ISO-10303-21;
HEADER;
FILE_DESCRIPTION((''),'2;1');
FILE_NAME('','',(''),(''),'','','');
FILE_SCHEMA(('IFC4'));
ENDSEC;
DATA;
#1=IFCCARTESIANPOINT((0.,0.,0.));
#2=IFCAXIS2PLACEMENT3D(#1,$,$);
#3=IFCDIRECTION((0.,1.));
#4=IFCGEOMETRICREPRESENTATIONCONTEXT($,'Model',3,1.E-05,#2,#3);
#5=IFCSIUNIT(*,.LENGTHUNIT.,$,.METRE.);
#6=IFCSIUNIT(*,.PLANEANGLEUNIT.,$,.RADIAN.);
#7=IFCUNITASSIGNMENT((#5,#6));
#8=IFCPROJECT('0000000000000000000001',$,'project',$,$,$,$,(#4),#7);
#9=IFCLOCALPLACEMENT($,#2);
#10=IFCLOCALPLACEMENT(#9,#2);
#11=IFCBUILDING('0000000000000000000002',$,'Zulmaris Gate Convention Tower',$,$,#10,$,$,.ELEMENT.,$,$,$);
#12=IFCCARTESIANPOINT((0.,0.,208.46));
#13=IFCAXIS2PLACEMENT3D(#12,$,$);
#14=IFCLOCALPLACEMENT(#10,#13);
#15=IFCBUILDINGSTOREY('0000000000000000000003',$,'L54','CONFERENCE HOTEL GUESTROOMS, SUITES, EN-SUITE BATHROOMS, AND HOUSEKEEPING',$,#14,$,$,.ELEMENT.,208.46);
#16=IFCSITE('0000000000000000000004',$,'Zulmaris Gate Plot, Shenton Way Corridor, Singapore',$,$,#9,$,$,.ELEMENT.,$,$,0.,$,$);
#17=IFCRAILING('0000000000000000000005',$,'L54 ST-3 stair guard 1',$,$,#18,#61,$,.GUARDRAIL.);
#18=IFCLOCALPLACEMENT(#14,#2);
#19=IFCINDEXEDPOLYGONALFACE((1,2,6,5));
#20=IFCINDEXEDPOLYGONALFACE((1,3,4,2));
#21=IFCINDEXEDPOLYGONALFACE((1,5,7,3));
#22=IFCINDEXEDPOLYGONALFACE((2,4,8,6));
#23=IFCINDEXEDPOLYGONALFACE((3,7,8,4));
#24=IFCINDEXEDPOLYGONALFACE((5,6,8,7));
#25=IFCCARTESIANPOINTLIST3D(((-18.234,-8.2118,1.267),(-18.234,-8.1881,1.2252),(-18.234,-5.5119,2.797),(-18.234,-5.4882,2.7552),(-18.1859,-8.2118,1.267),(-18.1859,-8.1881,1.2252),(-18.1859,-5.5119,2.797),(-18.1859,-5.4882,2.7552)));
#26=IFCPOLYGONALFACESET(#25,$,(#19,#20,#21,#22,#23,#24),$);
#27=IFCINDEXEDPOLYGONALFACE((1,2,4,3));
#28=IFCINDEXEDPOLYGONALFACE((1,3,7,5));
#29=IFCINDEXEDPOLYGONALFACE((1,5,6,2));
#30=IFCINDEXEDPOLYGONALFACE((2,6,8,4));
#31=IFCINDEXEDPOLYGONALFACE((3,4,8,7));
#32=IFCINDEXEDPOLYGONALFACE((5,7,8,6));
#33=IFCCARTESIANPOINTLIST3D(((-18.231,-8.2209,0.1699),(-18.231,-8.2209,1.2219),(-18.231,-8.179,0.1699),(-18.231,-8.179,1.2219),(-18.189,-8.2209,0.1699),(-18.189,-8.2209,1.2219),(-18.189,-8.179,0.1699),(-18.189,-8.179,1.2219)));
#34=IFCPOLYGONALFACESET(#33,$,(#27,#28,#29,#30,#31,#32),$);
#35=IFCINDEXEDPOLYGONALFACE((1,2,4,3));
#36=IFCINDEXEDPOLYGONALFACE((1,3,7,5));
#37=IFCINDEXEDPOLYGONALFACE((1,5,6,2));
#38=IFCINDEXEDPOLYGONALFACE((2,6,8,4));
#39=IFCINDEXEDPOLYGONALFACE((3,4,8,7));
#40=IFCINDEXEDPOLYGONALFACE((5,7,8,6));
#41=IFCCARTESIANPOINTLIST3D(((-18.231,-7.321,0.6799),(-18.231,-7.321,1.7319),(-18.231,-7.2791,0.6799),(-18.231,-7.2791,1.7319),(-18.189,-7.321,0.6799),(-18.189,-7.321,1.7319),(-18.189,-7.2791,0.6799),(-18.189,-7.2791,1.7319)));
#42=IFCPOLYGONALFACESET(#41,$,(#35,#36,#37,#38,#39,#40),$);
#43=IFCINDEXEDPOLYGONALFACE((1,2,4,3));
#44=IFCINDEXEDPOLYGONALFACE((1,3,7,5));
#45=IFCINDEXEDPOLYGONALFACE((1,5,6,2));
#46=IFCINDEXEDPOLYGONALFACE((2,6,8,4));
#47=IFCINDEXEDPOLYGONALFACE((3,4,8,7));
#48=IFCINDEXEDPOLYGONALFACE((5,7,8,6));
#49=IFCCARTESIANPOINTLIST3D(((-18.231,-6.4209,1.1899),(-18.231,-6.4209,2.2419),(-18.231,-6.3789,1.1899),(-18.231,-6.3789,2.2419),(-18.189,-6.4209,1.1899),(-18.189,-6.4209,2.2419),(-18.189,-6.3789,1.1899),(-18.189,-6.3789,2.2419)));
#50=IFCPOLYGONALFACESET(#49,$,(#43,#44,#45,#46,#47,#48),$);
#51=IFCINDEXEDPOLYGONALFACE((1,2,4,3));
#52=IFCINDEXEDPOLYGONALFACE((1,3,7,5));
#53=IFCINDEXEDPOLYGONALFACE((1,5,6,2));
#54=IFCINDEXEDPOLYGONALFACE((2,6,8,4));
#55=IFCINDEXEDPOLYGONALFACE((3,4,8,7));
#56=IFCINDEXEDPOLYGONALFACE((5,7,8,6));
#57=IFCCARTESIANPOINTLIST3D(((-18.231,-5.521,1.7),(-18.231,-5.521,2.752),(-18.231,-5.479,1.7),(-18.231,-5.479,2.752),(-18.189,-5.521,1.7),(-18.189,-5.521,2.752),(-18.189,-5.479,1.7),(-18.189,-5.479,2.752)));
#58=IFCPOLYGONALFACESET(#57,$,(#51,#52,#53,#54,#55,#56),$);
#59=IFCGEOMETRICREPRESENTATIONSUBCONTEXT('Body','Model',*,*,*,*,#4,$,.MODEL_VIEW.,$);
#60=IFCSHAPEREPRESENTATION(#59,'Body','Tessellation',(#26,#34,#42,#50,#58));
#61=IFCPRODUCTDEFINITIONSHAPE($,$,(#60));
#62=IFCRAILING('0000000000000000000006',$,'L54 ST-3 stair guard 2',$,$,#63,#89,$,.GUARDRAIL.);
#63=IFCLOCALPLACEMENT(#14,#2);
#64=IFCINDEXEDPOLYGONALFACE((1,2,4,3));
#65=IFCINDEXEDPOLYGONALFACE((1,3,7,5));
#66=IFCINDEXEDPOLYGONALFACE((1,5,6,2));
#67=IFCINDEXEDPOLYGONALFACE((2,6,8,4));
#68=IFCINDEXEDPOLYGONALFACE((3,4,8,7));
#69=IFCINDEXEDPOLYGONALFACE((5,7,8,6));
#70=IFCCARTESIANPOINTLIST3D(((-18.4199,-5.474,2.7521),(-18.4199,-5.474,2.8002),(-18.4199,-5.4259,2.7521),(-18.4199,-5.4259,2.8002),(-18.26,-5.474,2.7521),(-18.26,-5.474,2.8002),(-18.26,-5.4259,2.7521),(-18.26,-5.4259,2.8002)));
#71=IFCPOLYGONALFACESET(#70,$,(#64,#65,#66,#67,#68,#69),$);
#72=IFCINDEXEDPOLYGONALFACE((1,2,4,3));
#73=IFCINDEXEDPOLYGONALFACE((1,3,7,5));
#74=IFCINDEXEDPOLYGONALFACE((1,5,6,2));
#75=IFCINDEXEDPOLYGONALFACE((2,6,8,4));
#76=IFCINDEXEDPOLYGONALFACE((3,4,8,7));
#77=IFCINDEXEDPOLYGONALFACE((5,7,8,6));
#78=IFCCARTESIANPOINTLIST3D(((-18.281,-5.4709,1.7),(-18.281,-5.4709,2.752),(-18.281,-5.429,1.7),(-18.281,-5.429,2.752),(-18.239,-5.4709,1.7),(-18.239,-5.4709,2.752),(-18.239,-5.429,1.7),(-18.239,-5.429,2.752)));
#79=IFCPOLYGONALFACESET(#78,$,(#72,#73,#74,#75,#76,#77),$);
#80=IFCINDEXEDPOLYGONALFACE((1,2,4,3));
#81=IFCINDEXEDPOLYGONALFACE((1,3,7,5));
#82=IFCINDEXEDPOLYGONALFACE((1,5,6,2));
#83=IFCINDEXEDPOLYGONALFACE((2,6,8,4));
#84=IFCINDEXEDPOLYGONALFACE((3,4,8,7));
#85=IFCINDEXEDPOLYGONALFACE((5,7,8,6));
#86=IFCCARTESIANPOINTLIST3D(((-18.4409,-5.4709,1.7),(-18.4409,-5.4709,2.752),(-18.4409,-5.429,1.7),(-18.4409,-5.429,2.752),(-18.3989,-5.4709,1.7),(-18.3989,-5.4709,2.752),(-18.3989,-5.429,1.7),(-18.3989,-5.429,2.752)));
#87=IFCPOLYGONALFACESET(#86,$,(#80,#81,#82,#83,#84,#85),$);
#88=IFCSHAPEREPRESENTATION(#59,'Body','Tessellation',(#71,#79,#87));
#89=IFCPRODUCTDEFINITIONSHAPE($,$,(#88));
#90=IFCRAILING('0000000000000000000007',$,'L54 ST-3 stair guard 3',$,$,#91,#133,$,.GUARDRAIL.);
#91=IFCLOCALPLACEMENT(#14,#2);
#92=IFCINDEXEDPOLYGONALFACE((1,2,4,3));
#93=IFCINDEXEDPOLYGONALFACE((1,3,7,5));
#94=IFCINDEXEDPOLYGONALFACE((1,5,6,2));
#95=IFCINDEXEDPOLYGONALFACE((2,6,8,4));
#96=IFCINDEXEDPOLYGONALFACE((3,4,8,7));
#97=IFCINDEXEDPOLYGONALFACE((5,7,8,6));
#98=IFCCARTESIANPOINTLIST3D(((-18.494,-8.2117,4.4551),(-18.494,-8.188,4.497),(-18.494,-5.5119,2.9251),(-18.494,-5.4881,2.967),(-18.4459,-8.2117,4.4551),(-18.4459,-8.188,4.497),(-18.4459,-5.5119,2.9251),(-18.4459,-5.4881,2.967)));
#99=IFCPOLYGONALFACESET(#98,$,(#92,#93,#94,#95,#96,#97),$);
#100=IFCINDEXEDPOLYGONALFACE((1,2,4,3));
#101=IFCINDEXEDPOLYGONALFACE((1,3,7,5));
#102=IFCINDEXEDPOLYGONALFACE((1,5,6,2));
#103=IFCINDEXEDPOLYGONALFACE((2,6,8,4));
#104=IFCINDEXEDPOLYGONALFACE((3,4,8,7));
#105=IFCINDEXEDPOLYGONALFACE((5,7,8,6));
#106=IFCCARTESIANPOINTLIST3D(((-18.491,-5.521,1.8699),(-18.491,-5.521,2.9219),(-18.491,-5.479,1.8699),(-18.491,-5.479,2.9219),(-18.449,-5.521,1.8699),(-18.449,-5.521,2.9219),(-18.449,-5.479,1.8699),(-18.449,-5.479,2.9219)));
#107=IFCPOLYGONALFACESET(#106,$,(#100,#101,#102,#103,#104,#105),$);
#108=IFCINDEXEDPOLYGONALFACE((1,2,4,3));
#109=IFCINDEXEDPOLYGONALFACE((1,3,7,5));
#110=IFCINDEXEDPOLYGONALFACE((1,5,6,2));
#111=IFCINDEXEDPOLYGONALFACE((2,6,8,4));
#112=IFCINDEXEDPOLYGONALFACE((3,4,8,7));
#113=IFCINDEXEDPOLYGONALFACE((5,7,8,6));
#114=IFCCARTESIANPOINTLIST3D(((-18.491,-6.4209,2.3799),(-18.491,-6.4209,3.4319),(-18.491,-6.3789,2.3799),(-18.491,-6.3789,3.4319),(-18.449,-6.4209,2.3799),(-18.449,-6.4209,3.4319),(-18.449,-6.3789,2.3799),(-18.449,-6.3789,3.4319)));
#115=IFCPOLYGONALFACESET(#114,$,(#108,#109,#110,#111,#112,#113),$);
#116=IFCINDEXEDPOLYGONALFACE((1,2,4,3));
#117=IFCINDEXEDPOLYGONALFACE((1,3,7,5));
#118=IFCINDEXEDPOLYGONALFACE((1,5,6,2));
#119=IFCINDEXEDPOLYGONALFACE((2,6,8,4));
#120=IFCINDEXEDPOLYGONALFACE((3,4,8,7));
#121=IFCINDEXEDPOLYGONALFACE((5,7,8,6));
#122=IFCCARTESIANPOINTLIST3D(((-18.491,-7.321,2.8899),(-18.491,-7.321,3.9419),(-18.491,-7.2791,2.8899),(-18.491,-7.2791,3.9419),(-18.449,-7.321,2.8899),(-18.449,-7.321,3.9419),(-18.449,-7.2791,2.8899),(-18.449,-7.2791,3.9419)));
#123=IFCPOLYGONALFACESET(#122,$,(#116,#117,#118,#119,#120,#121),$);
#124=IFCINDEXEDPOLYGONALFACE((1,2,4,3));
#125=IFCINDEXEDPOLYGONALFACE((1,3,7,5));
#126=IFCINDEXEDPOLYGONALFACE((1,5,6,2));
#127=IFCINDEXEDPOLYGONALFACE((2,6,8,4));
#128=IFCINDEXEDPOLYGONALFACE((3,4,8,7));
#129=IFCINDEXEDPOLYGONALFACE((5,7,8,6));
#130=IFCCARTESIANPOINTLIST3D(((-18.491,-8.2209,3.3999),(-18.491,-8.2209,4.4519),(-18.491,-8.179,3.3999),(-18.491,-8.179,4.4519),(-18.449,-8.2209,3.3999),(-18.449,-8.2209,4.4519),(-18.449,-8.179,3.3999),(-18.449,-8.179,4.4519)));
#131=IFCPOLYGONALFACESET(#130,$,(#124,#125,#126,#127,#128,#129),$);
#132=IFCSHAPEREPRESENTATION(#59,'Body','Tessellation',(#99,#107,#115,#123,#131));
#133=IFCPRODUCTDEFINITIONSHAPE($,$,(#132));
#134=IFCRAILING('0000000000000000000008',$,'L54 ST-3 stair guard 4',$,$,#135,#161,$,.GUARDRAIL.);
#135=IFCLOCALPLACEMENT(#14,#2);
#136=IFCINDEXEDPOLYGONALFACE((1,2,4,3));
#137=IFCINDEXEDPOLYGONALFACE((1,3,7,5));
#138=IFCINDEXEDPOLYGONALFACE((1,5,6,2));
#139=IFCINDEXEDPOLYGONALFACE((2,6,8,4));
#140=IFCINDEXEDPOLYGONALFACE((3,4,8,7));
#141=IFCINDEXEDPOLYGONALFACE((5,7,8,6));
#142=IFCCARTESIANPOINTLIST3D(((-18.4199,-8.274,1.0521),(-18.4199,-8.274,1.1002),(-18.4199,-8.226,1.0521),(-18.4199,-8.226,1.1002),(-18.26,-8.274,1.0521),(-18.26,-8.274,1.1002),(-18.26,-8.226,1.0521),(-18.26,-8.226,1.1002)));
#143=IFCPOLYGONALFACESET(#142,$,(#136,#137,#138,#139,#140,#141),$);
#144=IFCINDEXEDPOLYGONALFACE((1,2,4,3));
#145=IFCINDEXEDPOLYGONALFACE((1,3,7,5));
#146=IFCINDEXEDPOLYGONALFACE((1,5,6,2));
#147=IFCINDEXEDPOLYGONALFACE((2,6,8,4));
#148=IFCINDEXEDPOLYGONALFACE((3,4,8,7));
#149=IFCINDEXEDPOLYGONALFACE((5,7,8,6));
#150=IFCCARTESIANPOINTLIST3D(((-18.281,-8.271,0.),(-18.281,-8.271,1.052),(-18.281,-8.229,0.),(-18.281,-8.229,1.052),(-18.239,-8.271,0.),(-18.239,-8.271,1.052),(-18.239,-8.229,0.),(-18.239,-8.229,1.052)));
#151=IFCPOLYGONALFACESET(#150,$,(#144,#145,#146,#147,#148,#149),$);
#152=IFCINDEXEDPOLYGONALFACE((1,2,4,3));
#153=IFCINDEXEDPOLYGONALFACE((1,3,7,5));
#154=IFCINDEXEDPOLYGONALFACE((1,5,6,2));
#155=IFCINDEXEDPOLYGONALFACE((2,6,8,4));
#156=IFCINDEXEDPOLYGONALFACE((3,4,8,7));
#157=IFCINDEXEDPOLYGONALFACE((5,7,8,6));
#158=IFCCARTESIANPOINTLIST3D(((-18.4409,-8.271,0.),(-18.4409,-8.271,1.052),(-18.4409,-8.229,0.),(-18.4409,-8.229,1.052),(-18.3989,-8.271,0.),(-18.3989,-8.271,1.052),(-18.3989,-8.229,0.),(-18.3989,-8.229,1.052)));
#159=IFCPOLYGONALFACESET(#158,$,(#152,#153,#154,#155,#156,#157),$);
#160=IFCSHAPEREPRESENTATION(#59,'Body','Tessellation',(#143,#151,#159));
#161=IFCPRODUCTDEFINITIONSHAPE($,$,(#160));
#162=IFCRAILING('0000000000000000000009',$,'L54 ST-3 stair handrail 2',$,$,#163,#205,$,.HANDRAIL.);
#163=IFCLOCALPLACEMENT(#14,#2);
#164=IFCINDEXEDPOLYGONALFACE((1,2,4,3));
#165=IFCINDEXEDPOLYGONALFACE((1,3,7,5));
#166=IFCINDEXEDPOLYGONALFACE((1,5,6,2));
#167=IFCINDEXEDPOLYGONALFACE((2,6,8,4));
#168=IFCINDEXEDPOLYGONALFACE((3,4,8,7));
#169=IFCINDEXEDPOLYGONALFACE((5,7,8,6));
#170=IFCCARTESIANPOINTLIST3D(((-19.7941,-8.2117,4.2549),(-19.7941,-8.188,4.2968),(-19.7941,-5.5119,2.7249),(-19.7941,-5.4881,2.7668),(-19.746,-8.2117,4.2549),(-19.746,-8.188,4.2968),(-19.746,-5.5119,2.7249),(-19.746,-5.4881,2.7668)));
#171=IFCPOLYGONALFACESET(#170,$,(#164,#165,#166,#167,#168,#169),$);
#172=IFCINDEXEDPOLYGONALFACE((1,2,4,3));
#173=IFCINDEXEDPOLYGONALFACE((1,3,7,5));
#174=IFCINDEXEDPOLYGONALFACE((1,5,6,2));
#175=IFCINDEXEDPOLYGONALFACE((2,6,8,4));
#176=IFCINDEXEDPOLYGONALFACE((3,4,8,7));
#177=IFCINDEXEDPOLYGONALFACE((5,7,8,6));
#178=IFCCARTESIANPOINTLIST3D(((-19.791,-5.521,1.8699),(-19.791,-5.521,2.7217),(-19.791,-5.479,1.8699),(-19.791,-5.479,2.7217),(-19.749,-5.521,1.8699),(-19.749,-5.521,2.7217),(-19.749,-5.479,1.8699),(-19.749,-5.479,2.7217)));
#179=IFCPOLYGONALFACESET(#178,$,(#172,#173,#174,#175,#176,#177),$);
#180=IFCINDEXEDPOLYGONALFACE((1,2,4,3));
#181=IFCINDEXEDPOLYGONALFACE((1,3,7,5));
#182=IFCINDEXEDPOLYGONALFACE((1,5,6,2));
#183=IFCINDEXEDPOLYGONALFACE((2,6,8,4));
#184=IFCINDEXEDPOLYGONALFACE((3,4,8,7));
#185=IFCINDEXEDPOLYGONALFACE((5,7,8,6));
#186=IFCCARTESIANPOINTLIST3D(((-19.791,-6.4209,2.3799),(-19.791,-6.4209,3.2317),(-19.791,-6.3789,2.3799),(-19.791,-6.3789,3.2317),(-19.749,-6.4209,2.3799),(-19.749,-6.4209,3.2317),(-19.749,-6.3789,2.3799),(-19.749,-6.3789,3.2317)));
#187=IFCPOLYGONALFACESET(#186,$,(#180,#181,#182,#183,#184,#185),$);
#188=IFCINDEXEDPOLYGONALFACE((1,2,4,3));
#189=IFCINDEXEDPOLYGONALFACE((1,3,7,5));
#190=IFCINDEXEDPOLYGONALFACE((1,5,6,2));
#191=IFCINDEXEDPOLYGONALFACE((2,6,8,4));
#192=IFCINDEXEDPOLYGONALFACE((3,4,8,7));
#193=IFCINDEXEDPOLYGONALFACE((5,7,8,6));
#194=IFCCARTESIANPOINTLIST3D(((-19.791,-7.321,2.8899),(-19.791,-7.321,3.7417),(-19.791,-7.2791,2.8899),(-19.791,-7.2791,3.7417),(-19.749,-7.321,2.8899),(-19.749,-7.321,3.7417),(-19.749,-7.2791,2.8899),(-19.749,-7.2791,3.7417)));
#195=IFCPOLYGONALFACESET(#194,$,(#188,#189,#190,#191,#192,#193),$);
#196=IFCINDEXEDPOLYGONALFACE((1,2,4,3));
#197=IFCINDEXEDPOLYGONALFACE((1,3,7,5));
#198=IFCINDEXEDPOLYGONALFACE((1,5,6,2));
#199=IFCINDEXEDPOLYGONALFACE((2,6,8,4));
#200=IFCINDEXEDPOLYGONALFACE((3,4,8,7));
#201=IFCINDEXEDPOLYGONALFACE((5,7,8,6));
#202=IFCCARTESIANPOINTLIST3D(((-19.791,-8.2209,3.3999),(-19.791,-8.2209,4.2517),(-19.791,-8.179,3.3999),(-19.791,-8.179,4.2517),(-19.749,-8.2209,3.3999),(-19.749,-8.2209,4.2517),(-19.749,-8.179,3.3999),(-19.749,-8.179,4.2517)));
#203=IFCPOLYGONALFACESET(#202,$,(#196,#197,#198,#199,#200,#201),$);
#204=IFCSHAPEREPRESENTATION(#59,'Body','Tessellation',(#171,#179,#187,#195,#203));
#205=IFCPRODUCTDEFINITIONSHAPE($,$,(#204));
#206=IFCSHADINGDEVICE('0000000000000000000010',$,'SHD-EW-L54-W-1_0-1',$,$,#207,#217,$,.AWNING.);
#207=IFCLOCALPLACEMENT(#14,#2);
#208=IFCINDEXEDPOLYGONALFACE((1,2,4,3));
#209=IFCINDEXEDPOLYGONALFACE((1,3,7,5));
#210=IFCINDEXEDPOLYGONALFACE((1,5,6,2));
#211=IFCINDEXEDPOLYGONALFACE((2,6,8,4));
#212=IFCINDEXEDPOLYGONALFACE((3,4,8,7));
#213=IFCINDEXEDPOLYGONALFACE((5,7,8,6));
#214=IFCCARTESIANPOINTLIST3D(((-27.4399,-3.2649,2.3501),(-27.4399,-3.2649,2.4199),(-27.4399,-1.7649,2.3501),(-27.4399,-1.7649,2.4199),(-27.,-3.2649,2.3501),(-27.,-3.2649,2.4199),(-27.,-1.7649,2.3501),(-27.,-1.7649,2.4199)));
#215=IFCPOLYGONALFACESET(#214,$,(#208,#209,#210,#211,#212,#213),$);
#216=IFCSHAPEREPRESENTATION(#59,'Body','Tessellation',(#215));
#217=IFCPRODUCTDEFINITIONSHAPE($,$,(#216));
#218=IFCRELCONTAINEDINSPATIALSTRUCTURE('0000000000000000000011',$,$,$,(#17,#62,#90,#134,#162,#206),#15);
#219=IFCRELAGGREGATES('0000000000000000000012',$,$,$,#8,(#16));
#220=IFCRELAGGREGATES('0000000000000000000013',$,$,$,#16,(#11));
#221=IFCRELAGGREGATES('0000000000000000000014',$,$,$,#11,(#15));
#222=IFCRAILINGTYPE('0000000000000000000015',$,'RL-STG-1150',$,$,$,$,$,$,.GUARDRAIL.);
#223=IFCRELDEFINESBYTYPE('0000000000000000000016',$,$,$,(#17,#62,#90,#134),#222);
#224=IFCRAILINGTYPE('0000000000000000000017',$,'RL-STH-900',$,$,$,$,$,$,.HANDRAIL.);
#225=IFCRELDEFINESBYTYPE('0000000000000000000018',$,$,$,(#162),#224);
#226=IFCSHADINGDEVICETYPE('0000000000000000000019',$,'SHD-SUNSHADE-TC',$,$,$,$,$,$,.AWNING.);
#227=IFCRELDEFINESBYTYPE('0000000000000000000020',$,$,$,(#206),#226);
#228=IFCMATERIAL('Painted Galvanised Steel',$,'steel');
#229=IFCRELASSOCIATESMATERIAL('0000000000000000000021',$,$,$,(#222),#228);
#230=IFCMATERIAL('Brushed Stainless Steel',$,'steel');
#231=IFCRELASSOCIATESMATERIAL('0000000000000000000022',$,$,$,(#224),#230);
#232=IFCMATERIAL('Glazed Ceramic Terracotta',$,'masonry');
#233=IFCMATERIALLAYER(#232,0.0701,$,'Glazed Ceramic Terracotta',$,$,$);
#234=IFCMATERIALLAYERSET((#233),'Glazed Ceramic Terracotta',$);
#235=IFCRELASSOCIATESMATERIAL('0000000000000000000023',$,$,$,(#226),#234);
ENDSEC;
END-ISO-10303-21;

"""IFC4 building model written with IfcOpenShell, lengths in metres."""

from ifc_helpers import new_model, si_unit, direction, frame, frame_2d, origin, origin_2d, place, context, subcontext, project, spatial, rectangle, extrude, material, layer, layer_set, type_object, element, save


model = new_model("IFC4")

# Units and contexts
model_context = context("Model", 3, precision=1e-05, world=origin(), true_north=direction((0.0, 1.0)))
body_context = subcontext(model_context, "Body", "Model", "MODEL_VIEW")
ifc_project = project(units=[si_unit("LENGTHUNIT", "METRE"), si_unit("PLANEANGLEUNIT", "RADIAN")], contexts=[model_context])

# Site, building, storey
site_placement = place(None, origin())
site = spatial("IfcSite", under=ifc_project, at=site_placement, Name="Zulmaris Gate Plot, Shenton Way Corridor, Singapore", CompositionType="ELEMENT", RefElevation=0.0)
building_placement = place(site_placement, origin())
building = spatial("IfcBuilding", under=site, at=building_placement, Name="Zulmaris Gate Convention Tower", CompositionType="ELEMENT")
storey_placement = place(building_placement, frame((0.0, 0.0, 208.46)))
storey = spatial("IfcBuildingStorey", under=building, at=storey_placement, Name="L54", Description="CONFERENCE HOTEL GUESTROOMS, SUITES, EN-SUITE BATHROOMS, AND HOUSEKEEPING", CompositionType="ELEMENT", Elevation=208.46)

# Railings
ifc_material_1 = material(Name="Painted Galvanised Steel", Category="steel")
railing_type_1 = type_object("IfcRailingType", Name="RL-STG-1150", PredefinedType="GUARDRAIL", material=ifc_material_1)
railing_1_placement = place(storey_placement, frame((-18.21, -8.2, 0.1699)))
element("IfcRailing", 1, at=railing_1_placement, inside=storey, type_object=railing_type_1, Name="L54 ST-3 stair guard 1", PredefinedType="GUARDRAIL", context=body_context, shape_type="SweptSolid", body=[
    extrude(rectangle(XDim=0.0481, YDim=0.0481, at=origin_2d()), frame((0.0, 0.0, 1.0762), z_axis=(0.0, 0.870014, 0.493026), x_axis=(-1.0, 0.0, 0.0)), (0.0, 0.0, 1.0), 3.1033),
    extrude(rectangle(XDim=0.042, YDim=0.042, at=origin_2d()), origin(), (0.0, 0.0, 1.0), 1.052),
    extrude(rectangle(XDim=0.042, YDim=0.042, at=origin_2d()), frame((0.0, 0.8999, 0.51)), (0.0, 0.0, 1.0), 1.052),
    extrude(rectangle(XDim=0.042, YDim=0.042, at=origin_2d()), frame((0.0, 1.8, 1.02)), (0.0, 0.0, 1.0), 1.052),
    extrude(rectangle(XDim=0.042, YDim=0.042, at=origin_2d()), frame((0.0, 2.7, 1.53)), (0.0, 0.0, 1.0), 1.052),
])
railing_2_placement = place(storey_placement, frame((-18.26, -5.45, 1.7)))
element("IfcRailing", 2, at=railing_2_placement, inside=storey, type_object=railing_type_1, Name="L54 ST-3 stair guard 2", PredefinedType="GUARDRAIL", context=body_context, shape_type="SweptSolid", body=[
    extrude(rectangle(XDim=0.0481, YDim=0.0481, at=origin_2d()), frame((0.0, 0.0, 1.0762), z_axis=(-1.0, 0.0, 0.0), x_axis=(0.0, -1.0, 0.0)), (0.0, 0.0, 1.0), 0.1599),
    extrude(rectangle(XDim=0.042, YDim=0.042, at=origin_2d()), origin(), (0.0, 0.0, 1.0), 1.052),
    extrude(rectangle(XDim=0.042, YDim=0.042, at=origin_2d()), frame((-0.1599, 0.0, 0.0)), (0.0, 0.0, 1.0), 1.052),
])
railing_3_placement = place(storey_placement, frame((-18.47, -5.5, 1.8699)))
element("IfcRailing", 3, at=railing_3_placement, inside=storey, type_object=railing_type_1, Name="L54 ST-3 stair guard 3", PredefinedType="GUARDRAIL", context=body_context, shape_type="SweptSolid", body=[
    extrude(rectangle(XDim=0.0481, YDim=0.0481, at=origin_2d()), frame((0.0, 0.0, 1.0762), z_axis=(0.0, -0.870014, 0.493026), x_axis=(1.0, 0.0, 0.0)), (0.0, 0.0, 1.0), 3.1033),
    extrude(rectangle(XDim=0.042, YDim=0.042, at=origin_2d()), origin(), (0.0, 0.0, 1.0), 1.052),
    extrude(rectangle(XDim=0.042, YDim=0.042, at=origin_2d()), frame((0.0, -0.8999, 0.51)), (0.0, 0.0, 1.0), 1.052),
    extrude(rectangle(XDim=0.042, YDim=0.042, at=origin_2d()), frame((0.0, -1.8, 1.02)), (0.0, 0.0, 1.0), 1.052),
    extrude(rectangle(XDim=0.042, YDim=0.042, at=origin_2d()), frame((0.0, -2.7, 1.53)), (0.0, 0.0, 1.0), 1.052),
])
railing_4_placement = place(storey_placement, frame((-18.26, -8.25, 0.0)))
element("IfcRailing", 4, at=railing_4_placement, inside=storey, type_object=railing_type_1, Name="L54 ST-3 stair guard 4", PredefinedType="GUARDRAIL", context=body_context, shape_type="SweptSolid", body=[
    extrude(rectangle(XDim=0.0481, YDim=0.0481, at=origin_2d()), frame((0.0, 0.0, 1.0762), z_axis=(-1.0, 0.0, 0.0), x_axis=(0.0, -1.0, 0.0)), (0.0, 0.0, 1.0), 0.1599),
    extrude(rectangle(XDim=0.042, YDim=0.042, at=origin_2d()), origin(), (0.0, 0.0, 1.0), 1.052),
    extrude(rectangle(XDim=0.042, YDim=0.042, at=origin_2d()), frame((-0.1599, 0.0, 0.0)), (0.0, 0.0, 1.0), 1.052),
])
ifc_material_2 = material(Name="Brushed Stainless Steel", Category="steel")
railing_type_2 = type_object("IfcRailingType", Name="RL-STH-900", PredefinedType="HANDRAIL", material=ifc_material_2)
railing_5_placement = place(storey_placement, frame((-19.77, -5.5, 1.8699)))
element("IfcRailing", 5, at=railing_5_placement, inside=storey, type_object=railing_type_2, Name="L54 ST-3 stair handrail 2", PredefinedType="HANDRAIL", context=body_context, shape_type="SweptSolid", body=[
    extrude(rectangle(XDim=0.0481, YDim=0.0481, at=origin_2d()), frame((0.0, 0.0, 0.876), z_axis=(0.0, -0.870014, 0.493026), x_axis=(1.0, 0.0, 0.0)), (0.0, 0.0, 1.0), 3.1033),
    extrude(rectangle(XDim=0.042, YDim=0.042, at=origin_2d()), origin(), (0.0, 0.0, 1.0), 0.8518),
    extrude(rectangle(XDim=0.042, YDim=0.042, at=origin_2d()), frame((0.0, -0.8999, 0.51)), (0.0, 0.0, 1.0), 0.8518),
    extrude(rectangle(XDim=0.042, YDim=0.042, at=origin_2d()), frame((0.0, -1.8, 1.02)), (0.0, 0.0, 1.0), 0.8518),
    extrude(rectangle(XDim=0.042, YDim=0.042, at=origin_2d()), frame((0.0, -2.7, 1.53)), (0.0, 0.0, 1.0), 0.8518),
])

# Shading device
ifc_material_3 = material(Name="Glazed Ceramic Terracotta", Category="masonry")
ifc_layer_1 = layer(ifc_material_3, 0.0701, Name="Glazed Ceramic Terracotta")
ifc_layer_set_1 = layer_set([ifc_layer_1], Name="Glazed Ceramic Terracotta")
shading_device_type = type_object("IfcShadingDeviceType", Name="SHD-SUNSHADE-TC", PredefinedType="AWNING", material=ifc_layer_set_1)
for number, where, z_axis, x_axis, name in (
    (6, (-27.22, -1.7649, 2.3501), (0.0, 0.0, 1.0), (0.0, -1.0, 0.0), "SHD-EW-L54-W-1_0-1"),
):
    element("IfcShadingDevice", number, at=place(storey_placement, frame(where, z_axis=z_axis, x_axis=x_axis)), inside=storey, type_object=shading_device_type, Name=name, PredefinedType="AWNING", context=body_context, shape_type="SweptSolid", body=[
        extrude(rectangle(XDim=1.5, YDim=0.4399, at=frame_2d((0.75, 0.0))), origin(), (0.0, 0.0, 1.0), 0.0698),
    ])

save(model, "model.ifc")
